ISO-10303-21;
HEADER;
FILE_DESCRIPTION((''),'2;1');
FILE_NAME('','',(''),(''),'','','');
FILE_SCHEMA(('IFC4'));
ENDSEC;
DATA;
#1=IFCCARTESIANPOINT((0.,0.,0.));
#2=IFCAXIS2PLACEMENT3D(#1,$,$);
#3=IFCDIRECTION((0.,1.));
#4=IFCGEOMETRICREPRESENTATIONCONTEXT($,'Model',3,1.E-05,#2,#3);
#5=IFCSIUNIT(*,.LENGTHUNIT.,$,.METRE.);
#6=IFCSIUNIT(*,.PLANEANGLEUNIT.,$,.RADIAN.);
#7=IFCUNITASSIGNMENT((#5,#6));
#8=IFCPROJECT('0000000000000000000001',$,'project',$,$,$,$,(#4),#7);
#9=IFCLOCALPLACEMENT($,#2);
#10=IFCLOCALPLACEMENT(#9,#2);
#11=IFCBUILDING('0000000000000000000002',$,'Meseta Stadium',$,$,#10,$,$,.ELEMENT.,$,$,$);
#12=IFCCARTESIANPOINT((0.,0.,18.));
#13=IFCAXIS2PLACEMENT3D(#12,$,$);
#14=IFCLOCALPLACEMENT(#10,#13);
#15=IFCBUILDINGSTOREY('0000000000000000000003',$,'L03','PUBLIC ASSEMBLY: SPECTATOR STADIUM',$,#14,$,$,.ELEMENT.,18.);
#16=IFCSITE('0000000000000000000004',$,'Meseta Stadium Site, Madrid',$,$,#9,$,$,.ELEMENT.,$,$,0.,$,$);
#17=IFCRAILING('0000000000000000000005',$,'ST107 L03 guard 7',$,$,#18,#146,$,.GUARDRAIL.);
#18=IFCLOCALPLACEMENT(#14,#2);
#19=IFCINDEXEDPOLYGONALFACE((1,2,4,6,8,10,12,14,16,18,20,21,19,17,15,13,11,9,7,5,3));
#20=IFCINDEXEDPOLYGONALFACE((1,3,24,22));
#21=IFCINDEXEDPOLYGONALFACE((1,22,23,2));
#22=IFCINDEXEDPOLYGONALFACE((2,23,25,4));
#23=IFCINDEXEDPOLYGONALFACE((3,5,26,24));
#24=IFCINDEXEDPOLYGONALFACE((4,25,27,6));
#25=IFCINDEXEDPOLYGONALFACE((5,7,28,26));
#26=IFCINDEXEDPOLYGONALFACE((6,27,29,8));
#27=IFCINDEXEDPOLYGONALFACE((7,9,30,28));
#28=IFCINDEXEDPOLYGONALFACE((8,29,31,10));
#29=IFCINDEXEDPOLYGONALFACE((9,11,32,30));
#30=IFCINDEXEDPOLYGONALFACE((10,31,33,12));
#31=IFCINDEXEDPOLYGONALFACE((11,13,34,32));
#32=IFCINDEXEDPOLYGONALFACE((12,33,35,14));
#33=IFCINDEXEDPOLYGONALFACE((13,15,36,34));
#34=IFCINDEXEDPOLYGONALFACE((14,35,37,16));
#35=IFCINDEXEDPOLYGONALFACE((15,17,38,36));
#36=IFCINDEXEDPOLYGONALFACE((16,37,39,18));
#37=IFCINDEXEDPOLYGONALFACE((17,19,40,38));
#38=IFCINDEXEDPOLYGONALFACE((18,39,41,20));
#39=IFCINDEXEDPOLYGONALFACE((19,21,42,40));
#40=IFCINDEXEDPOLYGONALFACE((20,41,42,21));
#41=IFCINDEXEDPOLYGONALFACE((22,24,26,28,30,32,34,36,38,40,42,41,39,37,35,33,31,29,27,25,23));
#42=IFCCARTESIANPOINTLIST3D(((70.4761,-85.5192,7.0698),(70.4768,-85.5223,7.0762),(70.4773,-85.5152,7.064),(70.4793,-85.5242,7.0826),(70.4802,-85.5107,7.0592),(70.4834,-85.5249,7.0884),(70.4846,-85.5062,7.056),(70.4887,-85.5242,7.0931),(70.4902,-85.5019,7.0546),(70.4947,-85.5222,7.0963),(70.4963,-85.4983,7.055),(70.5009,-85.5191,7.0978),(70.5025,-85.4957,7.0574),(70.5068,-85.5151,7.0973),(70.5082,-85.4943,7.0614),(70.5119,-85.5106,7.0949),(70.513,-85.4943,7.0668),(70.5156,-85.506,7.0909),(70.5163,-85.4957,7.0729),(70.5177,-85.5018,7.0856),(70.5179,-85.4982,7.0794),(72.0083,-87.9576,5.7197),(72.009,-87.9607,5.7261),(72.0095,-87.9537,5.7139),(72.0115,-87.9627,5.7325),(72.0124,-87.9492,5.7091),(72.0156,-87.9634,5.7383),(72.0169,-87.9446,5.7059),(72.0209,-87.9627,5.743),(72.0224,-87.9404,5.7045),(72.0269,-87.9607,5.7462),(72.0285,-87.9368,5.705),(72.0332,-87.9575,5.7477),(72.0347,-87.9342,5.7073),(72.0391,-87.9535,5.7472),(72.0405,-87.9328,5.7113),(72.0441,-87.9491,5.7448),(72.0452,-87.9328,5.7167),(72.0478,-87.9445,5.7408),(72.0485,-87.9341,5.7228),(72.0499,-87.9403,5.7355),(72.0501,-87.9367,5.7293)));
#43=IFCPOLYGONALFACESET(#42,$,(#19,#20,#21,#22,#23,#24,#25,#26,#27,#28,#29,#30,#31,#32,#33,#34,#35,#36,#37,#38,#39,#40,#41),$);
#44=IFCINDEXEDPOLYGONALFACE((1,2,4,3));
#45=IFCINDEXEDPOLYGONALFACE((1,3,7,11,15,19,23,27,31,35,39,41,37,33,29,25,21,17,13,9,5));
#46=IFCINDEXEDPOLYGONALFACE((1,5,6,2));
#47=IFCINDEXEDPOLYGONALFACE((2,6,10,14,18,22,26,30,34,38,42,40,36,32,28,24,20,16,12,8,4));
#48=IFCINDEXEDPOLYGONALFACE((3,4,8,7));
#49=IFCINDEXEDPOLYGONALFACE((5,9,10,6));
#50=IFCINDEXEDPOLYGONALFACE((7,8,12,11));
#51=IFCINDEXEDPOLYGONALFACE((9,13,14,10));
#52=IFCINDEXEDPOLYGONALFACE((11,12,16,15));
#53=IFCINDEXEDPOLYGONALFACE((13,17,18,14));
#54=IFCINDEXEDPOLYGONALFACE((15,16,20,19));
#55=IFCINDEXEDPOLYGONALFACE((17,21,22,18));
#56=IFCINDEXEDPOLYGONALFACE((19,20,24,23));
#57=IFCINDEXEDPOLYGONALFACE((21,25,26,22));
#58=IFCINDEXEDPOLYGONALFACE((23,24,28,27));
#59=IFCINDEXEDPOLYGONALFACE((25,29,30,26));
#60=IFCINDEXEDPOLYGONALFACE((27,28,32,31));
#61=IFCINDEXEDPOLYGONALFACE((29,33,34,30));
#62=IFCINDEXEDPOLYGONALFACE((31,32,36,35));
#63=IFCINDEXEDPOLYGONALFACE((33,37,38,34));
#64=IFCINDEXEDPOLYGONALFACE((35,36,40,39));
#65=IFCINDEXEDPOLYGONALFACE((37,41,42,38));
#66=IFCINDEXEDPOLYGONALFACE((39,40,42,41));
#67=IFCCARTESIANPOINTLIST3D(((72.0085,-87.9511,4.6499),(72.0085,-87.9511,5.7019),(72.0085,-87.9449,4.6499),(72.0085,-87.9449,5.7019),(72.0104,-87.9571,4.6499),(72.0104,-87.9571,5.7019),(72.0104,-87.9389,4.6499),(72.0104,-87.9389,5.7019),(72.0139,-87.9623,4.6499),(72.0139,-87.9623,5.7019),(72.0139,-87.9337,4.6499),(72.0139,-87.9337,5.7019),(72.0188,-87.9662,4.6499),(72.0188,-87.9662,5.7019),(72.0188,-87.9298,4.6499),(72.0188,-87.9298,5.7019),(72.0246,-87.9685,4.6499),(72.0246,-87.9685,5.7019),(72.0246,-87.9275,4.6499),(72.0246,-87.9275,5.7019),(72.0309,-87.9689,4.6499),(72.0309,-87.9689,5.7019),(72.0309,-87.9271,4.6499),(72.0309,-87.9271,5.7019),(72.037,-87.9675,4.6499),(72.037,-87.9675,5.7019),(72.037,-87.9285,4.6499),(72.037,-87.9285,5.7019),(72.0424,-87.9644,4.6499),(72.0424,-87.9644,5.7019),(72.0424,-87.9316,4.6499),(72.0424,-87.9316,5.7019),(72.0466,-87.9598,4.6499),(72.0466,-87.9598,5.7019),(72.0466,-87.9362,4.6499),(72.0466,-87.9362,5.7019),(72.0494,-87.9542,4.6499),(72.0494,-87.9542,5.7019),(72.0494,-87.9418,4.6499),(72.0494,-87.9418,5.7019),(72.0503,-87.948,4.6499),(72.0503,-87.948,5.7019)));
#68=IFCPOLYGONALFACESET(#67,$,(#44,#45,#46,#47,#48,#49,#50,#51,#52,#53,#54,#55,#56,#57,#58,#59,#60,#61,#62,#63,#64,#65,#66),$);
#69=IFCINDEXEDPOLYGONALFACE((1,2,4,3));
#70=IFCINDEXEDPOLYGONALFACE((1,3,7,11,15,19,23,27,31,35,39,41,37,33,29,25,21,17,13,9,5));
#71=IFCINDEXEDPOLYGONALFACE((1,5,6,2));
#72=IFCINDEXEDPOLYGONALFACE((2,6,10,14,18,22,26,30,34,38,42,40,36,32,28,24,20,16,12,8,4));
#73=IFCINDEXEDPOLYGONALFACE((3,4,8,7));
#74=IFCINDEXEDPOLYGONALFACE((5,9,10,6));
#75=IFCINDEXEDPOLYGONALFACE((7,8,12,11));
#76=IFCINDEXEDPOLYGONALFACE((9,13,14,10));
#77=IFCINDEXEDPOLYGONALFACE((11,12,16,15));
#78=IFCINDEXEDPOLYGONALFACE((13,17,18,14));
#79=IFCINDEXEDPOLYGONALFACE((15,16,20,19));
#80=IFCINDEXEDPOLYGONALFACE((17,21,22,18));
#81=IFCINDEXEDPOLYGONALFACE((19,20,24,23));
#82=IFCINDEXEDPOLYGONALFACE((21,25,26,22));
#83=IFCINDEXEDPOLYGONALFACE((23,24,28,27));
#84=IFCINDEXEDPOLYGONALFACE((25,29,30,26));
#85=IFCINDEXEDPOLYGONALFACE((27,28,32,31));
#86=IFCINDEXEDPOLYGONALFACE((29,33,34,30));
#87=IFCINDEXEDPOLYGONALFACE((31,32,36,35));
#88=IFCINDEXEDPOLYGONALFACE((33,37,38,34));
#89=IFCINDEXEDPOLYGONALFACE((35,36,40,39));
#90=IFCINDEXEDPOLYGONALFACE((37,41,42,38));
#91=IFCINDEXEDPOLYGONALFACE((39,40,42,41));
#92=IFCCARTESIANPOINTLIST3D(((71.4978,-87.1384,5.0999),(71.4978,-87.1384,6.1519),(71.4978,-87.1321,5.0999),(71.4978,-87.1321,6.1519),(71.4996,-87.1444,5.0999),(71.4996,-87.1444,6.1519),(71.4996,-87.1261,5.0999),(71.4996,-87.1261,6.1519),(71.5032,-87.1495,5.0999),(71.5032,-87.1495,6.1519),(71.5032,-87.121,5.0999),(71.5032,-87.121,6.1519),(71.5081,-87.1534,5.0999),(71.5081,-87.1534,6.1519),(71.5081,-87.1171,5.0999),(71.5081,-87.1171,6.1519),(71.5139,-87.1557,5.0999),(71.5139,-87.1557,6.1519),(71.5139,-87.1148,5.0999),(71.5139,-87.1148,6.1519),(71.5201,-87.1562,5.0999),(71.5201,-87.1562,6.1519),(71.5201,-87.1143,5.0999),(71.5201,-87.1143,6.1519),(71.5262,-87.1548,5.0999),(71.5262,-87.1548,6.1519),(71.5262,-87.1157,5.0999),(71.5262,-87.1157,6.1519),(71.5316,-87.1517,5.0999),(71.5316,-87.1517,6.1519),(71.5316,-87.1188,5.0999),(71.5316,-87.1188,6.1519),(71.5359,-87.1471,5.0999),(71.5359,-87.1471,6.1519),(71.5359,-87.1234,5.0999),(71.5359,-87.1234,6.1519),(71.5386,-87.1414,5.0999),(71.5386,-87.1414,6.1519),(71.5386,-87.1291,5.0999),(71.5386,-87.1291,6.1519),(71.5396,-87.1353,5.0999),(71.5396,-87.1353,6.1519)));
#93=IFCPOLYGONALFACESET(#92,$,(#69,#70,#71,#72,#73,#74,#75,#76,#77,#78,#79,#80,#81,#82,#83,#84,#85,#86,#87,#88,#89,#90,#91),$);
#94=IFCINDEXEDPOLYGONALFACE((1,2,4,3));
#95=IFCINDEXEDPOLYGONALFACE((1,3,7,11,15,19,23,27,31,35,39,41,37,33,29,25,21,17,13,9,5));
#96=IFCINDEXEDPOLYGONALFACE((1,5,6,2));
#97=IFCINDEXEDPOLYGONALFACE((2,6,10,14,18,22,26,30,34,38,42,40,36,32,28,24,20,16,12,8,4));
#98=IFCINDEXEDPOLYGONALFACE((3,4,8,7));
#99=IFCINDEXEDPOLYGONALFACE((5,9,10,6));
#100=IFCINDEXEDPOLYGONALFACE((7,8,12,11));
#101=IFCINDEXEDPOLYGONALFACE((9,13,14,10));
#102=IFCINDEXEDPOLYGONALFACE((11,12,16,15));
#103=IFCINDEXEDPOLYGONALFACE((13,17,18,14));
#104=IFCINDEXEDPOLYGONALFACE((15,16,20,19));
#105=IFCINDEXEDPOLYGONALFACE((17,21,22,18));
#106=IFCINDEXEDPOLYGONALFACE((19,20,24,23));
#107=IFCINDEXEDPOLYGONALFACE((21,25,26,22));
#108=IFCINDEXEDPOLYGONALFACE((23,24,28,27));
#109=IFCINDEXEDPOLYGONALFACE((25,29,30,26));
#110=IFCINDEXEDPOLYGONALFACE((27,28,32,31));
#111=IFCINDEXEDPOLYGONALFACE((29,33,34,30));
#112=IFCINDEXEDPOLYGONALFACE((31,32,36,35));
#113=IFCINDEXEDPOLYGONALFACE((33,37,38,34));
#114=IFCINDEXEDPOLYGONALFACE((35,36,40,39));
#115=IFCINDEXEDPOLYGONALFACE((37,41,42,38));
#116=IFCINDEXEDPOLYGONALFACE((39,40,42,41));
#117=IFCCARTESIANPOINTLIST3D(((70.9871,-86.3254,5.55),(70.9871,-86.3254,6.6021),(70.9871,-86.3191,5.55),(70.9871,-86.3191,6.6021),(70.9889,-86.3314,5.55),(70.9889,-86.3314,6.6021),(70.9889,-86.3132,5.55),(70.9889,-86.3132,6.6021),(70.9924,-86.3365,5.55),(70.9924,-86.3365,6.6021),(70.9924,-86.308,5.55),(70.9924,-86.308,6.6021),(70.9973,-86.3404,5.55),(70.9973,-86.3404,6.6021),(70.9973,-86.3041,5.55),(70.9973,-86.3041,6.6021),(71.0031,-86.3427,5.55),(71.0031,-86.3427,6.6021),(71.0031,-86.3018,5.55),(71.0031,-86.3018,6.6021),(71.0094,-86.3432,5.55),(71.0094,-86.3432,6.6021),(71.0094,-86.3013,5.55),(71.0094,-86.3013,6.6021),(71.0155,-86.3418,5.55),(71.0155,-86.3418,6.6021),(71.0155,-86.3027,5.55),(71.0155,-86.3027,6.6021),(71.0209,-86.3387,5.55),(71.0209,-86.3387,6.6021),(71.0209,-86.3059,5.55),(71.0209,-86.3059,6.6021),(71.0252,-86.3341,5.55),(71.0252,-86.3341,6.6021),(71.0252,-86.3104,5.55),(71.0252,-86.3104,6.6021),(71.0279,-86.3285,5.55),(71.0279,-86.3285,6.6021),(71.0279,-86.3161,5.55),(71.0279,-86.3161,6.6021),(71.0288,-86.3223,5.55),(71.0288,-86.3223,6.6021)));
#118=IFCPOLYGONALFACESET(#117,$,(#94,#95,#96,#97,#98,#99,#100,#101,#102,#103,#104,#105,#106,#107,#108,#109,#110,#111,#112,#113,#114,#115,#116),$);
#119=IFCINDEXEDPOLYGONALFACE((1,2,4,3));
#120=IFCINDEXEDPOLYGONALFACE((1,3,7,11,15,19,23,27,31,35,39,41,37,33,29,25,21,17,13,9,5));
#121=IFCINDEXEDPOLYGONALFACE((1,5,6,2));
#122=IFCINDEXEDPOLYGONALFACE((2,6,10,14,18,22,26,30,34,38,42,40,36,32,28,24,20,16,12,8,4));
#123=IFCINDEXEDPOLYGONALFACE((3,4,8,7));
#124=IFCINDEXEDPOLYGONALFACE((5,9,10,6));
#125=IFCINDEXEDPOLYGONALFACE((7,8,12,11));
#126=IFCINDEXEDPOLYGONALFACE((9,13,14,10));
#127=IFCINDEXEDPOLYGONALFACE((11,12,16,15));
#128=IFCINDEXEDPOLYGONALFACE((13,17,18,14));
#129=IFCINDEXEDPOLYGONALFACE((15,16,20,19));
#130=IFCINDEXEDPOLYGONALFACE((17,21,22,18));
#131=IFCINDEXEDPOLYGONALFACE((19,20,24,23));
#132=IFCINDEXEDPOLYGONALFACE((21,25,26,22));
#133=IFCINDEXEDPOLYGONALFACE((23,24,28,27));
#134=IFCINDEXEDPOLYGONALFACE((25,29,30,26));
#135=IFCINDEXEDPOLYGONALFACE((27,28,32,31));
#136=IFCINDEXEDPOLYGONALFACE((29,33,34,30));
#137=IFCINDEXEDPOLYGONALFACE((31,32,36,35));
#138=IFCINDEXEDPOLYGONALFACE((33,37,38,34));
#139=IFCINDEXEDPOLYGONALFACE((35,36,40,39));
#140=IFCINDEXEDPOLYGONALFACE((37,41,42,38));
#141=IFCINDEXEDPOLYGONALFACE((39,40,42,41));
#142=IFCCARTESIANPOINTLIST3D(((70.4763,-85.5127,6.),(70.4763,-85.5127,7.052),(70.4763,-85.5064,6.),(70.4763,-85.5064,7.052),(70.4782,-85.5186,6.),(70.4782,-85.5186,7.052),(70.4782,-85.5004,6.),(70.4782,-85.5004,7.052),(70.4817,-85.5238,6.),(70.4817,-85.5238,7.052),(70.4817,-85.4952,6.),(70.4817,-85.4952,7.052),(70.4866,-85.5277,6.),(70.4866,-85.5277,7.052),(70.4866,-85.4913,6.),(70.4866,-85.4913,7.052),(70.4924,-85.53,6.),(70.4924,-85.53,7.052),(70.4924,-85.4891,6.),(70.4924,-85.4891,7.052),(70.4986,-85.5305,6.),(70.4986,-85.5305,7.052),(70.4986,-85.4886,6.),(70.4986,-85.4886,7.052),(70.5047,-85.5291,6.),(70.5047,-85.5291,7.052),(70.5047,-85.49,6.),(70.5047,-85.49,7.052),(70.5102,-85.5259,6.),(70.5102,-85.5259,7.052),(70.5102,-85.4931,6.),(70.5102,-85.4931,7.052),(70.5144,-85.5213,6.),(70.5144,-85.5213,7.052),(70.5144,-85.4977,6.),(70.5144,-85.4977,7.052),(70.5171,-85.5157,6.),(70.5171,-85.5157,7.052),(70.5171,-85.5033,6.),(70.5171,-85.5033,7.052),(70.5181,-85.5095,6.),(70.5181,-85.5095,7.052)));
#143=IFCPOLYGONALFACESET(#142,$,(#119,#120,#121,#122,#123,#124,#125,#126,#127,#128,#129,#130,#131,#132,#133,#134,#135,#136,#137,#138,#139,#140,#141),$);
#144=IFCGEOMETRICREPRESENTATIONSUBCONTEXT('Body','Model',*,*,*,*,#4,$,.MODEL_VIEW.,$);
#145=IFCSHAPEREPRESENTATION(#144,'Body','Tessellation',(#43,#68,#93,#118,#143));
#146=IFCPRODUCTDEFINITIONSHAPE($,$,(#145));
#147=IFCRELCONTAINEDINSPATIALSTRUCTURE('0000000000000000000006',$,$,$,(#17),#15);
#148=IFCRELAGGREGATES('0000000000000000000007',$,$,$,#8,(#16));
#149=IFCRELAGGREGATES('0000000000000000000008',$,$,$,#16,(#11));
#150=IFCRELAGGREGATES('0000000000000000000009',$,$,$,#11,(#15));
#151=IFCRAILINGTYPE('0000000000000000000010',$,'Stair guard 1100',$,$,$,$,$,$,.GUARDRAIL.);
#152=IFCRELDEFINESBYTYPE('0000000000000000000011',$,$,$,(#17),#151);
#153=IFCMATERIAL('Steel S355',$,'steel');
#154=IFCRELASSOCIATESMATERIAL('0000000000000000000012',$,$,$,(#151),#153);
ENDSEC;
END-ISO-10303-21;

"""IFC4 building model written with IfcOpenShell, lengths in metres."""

from ifc_helpers import new_model, si_unit, direction, frame, origin, origin_2d, place, context, subcontext, project, spatial, circle, extrude, material, type_object, element, save


model = new_model("IFC4")

# Units and contexts
model_context = context("Model", 3, precision=1e-05, world=origin(), true_north=direction((0.0, 1.0)))
body_context = subcontext(model_context, "Body", "Model", "MODEL_VIEW")
ifc_project = project(units=[si_unit("LENGTHUNIT", "METRE"), si_unit("PLANEANGLEUNIT", "RADIAN")], contexts=[model_context])

# Site, building, storey
site_placement = place(None, origin())
site = spatial("IfcSite", under=ifc_project, at=site_placement, Name="Meseta Stadium Site, Madrid", CompositionType="ELEMENT", RefElevation=0.0)
building_placement = place(site_placement, origin())
building = spatial("IfcBuilding", under=site, at=building_placement, Name="Meseta Stadium", CompositionType="ELEMENT")
storey_placement = place(building_placement, frame((0.0, 0.0, 18.0)))
storey = spatial("IfcBuildingStorey", under=building, at=storey_placement, Name="L03", Description="PUBLIC ASSEMBLY: SPECTATOR STADIUM", CompositionType="ELEMENT", Elevation=18.0)

# Railing
ifc_material_1 = material(Name="Steel S355", Category="steel")
railing_type_1 = type_object("IfcRailingType", Name="Stair guard 1100", PredefinedType="GUARDRAIL", material=ifc_material_1)
railing_1_placement = place(storey_placement, frame((72.0293, -87.948, 4.6499)))
element("IfcRailing", 1, at=railing_1_placement, inside=storey, type_object=railing_type_1, Name="ST107 L03 guard 7", PredefinedType="GUARDRAIL", context=body_context, shape_type="SweptSolid", body=[
    extrude(circle(Radius=0.0239, at=origin_2d()), frame((0.0, 0.0, 1.0762), z_axis=(-0.481731, 0.766655, 0.42447), x_axis=(-0.846719, -0.53204, 0.0)), (0.0, 0.0, 1.0), 3.1807),
    extrude(circle(Radius=0.021, at=origin_2d()), origin(), (0.0, 0.0, 1.0), 1.052),
    extrude(circle(Radius=0.021, at=origin_2d()), frame((-0.5107, 0.8127, 0.45)), (0.0, 0.0, 1.0), 1.052),
    extrude(circle(Radius=0.021, at=origin_2d()), frame((-1.0215, 1.6257, 0.9001)), (0.0, 0.0, 1.0), 1.052),
    extrude(circle(Radius=0.021, at=origin_2d()), frame((-1.5322, 2.4385, 1.3501)), (0.0, 0.0, 1.0), 1.052),
])

save(model, "model.ifc")
